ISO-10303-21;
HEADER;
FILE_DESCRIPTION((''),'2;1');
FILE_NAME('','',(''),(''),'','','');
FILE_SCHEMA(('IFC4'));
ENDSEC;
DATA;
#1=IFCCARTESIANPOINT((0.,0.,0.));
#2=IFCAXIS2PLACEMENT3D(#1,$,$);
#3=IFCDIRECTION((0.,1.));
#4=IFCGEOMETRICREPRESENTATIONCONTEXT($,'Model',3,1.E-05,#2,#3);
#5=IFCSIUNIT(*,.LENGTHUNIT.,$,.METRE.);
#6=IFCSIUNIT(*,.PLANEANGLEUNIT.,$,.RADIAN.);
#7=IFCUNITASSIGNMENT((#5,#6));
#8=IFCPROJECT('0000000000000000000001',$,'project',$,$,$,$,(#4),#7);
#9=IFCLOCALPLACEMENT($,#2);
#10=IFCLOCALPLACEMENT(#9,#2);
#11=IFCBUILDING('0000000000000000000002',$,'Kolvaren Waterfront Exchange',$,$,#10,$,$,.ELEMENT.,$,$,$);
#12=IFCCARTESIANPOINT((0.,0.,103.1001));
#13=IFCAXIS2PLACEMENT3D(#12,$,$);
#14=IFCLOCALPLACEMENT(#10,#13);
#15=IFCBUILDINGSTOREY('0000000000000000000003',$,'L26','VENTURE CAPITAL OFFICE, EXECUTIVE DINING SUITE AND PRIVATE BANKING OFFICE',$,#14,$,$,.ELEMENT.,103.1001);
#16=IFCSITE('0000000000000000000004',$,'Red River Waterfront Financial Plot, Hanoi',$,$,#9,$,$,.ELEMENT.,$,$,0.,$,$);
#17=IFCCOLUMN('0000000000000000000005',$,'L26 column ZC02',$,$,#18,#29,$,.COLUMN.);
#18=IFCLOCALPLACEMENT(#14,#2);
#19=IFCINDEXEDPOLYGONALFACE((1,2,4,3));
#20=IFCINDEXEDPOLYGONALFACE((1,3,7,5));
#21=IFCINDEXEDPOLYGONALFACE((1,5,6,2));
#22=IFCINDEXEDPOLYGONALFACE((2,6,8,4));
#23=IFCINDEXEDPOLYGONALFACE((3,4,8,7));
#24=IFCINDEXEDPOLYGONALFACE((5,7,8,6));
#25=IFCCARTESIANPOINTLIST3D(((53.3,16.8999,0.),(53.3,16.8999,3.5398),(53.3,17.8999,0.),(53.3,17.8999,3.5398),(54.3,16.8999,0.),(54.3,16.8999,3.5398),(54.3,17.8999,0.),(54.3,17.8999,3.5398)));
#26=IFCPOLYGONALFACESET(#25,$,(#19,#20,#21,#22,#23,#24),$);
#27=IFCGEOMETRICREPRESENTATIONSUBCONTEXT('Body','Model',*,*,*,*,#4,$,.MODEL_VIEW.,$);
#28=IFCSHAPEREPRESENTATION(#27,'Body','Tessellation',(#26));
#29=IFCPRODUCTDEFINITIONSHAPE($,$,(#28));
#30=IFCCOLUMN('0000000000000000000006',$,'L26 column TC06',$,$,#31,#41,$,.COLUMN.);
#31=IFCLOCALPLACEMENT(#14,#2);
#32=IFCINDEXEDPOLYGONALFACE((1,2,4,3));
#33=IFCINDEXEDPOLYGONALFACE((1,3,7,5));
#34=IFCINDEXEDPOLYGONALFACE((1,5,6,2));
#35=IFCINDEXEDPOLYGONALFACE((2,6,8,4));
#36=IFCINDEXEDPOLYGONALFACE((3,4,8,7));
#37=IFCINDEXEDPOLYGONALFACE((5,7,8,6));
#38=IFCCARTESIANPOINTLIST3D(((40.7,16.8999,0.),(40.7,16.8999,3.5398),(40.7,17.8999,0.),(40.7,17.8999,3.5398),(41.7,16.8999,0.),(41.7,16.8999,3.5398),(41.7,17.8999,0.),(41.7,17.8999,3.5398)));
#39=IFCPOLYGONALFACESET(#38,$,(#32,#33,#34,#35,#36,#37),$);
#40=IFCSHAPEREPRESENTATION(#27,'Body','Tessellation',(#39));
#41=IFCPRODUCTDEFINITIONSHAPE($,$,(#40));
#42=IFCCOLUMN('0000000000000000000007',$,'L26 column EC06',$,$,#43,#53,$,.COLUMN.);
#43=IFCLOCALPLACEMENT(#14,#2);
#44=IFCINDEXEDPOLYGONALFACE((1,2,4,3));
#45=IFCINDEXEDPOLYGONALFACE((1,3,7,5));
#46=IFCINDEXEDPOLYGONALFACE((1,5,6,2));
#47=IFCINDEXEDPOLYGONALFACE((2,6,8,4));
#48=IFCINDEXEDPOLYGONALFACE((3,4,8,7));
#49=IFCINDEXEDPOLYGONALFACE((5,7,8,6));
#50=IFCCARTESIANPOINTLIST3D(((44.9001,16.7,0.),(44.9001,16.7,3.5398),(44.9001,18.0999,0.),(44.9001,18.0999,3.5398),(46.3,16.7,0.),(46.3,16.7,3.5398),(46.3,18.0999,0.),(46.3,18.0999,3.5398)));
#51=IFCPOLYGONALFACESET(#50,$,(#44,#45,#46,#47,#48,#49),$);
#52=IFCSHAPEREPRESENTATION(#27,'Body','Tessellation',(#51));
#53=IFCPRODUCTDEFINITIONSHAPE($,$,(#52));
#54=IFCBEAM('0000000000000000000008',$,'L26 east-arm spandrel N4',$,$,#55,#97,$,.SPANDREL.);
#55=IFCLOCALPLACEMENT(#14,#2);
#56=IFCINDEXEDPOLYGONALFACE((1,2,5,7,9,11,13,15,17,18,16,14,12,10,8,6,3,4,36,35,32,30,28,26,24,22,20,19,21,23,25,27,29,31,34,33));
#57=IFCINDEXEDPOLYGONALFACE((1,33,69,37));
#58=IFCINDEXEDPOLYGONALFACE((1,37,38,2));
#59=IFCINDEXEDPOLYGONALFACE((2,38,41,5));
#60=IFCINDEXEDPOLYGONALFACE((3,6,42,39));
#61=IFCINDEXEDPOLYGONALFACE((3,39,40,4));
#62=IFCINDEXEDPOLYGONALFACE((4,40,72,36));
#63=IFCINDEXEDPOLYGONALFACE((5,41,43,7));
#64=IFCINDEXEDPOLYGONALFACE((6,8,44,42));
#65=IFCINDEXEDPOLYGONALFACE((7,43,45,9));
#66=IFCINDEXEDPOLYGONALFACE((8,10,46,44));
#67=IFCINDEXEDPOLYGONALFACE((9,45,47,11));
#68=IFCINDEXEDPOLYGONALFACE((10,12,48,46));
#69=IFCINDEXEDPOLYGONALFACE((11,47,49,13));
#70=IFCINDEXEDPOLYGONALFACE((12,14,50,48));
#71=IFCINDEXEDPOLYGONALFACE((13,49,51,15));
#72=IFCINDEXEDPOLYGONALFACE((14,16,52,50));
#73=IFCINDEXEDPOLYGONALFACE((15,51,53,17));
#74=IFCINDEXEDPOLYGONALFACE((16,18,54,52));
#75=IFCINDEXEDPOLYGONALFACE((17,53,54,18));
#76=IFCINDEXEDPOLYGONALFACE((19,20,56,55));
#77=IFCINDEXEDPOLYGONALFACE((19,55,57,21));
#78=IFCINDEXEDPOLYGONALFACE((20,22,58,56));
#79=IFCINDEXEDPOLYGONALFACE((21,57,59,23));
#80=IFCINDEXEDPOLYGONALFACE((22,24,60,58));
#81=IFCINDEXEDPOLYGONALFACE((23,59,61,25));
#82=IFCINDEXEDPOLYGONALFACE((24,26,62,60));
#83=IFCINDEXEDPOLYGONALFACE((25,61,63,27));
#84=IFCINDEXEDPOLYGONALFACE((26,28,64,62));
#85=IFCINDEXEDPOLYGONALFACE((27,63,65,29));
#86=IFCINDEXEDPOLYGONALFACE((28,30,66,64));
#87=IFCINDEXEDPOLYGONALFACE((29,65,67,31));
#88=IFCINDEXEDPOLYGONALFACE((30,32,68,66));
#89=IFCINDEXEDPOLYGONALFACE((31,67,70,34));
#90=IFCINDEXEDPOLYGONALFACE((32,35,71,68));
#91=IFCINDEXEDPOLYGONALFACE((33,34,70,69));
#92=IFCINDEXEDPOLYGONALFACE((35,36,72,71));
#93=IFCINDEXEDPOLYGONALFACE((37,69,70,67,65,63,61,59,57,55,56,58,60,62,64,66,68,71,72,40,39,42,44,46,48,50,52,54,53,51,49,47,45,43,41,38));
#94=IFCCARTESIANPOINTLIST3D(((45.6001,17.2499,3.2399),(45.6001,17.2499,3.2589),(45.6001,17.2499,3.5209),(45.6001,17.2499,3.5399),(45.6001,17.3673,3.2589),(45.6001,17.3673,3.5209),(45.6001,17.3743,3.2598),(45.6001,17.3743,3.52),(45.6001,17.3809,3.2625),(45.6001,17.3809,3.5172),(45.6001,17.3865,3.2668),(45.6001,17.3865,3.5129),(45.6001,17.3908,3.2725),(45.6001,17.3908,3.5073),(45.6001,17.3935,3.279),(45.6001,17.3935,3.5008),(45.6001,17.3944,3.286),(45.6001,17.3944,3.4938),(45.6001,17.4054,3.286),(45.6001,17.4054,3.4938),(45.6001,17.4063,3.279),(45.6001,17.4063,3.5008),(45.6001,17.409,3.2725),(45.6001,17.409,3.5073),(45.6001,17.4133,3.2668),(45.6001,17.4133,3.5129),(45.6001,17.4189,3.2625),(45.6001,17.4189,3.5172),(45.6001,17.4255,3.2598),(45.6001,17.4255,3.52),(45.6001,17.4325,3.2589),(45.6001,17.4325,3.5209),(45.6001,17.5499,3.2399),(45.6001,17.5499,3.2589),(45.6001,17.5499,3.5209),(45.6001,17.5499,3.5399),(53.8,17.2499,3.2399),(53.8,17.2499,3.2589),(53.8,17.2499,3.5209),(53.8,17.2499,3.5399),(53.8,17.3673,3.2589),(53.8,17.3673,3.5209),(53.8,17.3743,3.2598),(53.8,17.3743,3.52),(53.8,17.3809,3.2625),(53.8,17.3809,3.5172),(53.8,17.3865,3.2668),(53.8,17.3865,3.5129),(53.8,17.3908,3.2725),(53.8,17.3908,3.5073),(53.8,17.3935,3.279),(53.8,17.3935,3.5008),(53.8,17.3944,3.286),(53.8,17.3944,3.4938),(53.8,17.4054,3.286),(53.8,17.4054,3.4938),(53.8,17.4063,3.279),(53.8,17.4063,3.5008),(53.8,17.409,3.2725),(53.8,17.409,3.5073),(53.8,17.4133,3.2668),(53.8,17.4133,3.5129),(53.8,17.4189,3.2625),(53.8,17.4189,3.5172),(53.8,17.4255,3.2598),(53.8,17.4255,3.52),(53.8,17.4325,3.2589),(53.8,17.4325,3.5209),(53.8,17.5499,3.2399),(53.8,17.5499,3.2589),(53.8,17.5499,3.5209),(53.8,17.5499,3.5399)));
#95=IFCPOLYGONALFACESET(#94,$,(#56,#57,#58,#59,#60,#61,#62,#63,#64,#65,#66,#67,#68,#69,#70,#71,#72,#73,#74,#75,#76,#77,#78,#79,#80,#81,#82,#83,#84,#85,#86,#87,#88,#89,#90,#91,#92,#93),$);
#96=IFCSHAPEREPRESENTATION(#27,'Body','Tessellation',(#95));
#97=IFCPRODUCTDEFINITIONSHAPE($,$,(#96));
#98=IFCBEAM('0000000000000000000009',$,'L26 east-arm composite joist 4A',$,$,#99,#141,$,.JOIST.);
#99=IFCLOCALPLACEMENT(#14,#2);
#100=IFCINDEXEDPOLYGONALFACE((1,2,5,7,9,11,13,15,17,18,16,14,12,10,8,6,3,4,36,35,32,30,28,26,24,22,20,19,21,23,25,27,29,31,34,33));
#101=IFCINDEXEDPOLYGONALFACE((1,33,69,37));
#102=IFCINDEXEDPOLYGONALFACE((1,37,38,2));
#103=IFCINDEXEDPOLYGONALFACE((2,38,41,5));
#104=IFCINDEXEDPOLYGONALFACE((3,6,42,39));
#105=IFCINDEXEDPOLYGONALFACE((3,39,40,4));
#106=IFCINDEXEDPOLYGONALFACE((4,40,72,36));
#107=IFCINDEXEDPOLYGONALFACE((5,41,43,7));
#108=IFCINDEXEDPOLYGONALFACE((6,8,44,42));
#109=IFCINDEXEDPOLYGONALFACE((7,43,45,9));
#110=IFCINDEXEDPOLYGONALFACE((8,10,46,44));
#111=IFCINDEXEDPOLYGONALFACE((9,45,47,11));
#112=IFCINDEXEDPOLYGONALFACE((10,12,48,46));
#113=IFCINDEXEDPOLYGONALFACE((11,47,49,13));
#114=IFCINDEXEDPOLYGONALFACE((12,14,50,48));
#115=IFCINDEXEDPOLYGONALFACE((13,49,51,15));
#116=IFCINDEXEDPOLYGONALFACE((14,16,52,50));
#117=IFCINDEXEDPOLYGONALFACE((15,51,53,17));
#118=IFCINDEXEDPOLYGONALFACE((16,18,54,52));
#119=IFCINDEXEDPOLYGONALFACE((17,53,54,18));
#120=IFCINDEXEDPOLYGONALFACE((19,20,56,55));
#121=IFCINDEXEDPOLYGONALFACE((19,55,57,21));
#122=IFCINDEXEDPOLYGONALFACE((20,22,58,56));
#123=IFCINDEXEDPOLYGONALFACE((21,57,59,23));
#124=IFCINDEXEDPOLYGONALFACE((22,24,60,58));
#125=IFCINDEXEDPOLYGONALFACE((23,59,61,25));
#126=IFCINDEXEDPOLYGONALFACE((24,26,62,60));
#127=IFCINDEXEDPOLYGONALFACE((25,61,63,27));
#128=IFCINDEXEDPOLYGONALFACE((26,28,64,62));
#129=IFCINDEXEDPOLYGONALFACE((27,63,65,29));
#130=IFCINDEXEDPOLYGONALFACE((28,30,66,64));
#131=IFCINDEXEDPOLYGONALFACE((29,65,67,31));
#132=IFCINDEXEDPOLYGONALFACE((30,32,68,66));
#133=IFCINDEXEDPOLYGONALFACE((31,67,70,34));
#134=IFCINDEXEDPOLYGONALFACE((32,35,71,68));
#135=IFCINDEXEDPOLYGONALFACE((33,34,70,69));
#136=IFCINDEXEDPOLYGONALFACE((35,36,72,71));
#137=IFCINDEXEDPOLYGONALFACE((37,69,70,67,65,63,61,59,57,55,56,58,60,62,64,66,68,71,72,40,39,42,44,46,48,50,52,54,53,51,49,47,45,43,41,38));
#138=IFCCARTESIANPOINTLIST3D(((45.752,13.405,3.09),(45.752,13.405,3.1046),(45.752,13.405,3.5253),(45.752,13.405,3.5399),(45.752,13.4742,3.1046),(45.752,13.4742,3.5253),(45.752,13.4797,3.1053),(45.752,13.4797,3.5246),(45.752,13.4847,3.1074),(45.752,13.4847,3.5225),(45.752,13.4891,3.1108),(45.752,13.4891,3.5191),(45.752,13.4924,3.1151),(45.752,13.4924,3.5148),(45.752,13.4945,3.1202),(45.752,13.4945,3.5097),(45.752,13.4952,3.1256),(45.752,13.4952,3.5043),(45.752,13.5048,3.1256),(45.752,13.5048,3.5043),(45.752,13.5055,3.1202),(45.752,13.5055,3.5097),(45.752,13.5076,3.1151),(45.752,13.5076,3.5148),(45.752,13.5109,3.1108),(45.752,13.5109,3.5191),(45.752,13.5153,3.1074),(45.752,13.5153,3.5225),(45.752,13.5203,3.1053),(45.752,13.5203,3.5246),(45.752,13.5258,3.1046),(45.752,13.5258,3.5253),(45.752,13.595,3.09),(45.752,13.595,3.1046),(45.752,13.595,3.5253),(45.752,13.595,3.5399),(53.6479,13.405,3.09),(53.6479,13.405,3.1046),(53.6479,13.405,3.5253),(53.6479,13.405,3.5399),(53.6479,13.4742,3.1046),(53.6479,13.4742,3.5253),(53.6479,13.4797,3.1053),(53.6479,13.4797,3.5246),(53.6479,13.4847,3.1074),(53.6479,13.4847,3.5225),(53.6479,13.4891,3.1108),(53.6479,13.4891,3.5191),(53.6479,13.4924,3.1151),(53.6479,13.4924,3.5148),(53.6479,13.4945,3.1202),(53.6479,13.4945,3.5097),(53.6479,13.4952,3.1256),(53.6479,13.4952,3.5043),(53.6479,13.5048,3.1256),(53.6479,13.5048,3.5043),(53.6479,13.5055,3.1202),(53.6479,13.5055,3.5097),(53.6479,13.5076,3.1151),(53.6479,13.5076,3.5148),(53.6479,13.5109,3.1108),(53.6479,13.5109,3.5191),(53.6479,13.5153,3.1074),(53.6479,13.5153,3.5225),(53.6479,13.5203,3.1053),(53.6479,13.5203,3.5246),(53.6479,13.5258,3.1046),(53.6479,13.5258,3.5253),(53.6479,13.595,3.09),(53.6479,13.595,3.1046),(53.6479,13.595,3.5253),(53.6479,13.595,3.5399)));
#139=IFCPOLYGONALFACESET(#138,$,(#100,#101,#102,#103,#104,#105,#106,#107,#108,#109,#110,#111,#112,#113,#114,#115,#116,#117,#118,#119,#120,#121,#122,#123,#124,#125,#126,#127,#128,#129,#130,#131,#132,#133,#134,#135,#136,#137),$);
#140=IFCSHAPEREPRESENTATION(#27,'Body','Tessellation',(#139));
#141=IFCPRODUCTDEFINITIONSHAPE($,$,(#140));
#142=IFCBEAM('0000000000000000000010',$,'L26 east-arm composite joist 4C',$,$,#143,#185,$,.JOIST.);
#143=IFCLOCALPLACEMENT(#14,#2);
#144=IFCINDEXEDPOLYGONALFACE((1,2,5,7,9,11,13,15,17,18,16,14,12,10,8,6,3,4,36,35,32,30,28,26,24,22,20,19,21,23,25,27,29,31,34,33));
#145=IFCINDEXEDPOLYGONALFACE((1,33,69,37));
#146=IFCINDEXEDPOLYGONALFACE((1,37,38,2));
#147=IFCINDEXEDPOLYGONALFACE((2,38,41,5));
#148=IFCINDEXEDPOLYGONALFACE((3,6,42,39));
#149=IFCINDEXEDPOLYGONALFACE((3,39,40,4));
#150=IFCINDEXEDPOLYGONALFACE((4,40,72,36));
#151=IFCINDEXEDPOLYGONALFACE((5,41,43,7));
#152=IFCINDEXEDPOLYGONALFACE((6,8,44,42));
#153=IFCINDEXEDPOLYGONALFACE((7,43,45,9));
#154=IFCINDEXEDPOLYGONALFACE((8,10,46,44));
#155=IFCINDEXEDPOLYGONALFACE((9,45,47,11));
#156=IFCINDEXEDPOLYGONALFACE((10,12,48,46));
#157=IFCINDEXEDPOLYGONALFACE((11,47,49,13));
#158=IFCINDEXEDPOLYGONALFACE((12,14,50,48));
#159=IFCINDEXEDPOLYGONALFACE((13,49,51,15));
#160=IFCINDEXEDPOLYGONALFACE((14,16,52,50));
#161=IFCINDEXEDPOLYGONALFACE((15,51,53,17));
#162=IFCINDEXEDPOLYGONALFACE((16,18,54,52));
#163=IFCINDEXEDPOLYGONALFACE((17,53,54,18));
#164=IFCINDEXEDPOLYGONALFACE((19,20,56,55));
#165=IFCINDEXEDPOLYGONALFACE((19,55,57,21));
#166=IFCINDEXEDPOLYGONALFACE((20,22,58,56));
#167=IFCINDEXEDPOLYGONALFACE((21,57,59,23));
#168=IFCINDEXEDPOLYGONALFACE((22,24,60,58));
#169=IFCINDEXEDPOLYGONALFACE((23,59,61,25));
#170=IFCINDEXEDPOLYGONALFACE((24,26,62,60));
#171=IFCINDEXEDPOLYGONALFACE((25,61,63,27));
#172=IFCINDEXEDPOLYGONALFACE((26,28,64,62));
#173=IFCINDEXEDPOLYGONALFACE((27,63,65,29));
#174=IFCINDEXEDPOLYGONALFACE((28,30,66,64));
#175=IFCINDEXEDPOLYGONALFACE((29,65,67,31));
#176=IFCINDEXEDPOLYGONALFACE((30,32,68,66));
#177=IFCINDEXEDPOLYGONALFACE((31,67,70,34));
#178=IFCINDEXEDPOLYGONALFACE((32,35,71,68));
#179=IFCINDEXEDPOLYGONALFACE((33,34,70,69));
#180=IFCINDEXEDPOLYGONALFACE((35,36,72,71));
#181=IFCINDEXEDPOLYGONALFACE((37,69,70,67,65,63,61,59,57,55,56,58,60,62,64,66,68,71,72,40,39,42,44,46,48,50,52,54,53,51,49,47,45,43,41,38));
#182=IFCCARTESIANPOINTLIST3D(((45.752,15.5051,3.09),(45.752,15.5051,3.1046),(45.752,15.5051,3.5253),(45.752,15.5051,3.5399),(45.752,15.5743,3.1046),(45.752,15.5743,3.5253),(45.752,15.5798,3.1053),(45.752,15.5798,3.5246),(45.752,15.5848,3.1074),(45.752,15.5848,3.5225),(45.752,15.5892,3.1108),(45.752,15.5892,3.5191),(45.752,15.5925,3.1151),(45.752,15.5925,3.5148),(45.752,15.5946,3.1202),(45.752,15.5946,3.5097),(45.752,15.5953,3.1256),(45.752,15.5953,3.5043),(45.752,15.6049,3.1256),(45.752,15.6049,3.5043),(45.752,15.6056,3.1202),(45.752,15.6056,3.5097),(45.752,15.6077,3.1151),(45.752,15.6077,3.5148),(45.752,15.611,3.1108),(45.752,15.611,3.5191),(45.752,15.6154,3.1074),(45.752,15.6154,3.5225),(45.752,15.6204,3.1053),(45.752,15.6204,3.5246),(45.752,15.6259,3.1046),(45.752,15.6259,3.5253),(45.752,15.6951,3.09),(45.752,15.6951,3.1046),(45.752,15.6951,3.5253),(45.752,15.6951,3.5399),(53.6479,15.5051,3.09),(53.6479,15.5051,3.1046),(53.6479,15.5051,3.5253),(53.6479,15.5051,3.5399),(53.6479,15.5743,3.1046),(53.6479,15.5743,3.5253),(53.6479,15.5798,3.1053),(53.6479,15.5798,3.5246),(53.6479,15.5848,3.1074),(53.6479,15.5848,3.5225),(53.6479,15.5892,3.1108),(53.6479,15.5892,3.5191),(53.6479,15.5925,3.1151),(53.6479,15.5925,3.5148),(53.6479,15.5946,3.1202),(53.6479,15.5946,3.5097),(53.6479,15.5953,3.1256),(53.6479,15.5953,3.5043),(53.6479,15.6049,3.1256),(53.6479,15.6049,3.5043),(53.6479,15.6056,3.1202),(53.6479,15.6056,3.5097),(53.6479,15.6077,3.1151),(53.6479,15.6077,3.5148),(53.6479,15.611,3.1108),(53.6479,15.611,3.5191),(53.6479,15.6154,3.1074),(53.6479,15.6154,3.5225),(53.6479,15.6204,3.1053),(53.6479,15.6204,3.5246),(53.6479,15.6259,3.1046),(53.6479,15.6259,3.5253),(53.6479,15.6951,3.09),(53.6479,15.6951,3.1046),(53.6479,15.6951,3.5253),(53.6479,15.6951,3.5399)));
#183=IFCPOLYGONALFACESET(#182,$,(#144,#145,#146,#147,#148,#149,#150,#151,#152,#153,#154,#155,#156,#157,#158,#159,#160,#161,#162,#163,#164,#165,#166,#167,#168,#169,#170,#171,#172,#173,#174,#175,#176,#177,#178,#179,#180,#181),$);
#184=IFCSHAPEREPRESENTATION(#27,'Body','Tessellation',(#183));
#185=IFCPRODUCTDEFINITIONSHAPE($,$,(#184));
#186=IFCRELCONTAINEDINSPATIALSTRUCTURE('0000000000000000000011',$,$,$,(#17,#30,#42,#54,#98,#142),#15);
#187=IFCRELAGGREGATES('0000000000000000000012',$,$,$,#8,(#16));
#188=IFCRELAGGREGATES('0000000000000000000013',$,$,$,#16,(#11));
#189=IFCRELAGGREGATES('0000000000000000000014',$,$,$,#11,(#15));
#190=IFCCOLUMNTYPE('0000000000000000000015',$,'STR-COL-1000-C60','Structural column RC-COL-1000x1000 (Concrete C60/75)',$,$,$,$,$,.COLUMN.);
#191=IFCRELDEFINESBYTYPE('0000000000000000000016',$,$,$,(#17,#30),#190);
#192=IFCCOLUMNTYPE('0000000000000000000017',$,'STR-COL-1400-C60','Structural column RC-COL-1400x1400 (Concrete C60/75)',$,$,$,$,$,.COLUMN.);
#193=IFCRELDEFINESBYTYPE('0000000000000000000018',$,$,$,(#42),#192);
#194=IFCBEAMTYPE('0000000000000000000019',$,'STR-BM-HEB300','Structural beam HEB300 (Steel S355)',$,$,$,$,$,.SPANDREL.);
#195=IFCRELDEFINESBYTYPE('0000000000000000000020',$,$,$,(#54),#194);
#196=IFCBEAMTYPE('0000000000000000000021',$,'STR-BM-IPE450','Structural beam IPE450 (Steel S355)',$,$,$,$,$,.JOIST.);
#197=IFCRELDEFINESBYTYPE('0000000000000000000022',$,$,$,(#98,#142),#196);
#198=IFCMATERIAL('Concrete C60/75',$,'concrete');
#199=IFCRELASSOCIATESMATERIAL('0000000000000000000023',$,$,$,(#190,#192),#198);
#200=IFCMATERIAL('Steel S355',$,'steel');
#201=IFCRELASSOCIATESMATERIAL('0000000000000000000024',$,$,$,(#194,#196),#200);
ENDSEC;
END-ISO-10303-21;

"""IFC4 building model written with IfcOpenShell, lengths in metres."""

from ifc_helpers import new_model, si_unit, direction, frame, origin, origin_2d, place, context, subcontext, project, spatial, rectangle, i_section, extrude, material, material_profile, profile_set, type_object, element, save


model = new_model("IFC4")

# Units and contexts
model_context = context("Model", 3, precision=1e-05, world=origin(), true_north=direction((0.0, 1.0)))
body_context = subcontext(model_context, "Body", "Model", "MODEL_VIEW")
ifc_project = project(units=[si_unit("LENGTHUNIT", "METRE"), si_unit("PLANEANGLEUNIT", "RADIAN")], contexts=[model_context])

# Site, building, storey
site_placement = place(None, origin())
site = spatial("IfcSite", under=ifc_project, at=site_placement, Name="Red River Waterfront Financial Plot, Hanoi", CompositionType="ELEMENT", RefElevation=0.0)
building_placement = place(site_placement, origin())
building = spatial("IfcBuilding", under=site, at=building_placement, Name="Kolvaren Waterfront Exchange", CompositionType="ELEMENT")
storey_placement = place(building_placement, frame((0.0, 0.0, 103.1001)))
storey = spatial("IfcBuildingStorey", under=building, at=storey_placement, Name="L26", Description="VENTURE CAPITAL OFFICE, EXECUTIVE DINING SUITE AND PRIVATE BANKING OFFICE", CompositionType="ELEMENT", Elevation=103.1001)

# Columns
ifc_material_1 = material(Name="Concrete C60/75", Category="concrete")
ifc_material_profile_1 = material_profile(ifc_material_1, rectangle(XDim=1.0, YDim=1.0, at=origin_2d()), Name="RC-COL-1000x1000")
ifc_profile_set_1 = profile_set([ifc_material_profile_1], Name="Concrete C60/75")
column_type_1 = type_object("IfcColumnType", Name="STR-COL-1000-C60", Description="Structural column RC-COL-1000x1000 (Concrete C60/75)", PredefinedType="COLUMN", material=ifc_profile_set_1)
for number, where, z_axis, x_axis, name in (
    (1, (53.8, 17.3999, 0.0), (0.0, 0.0, 1.0), (1.0, 0.0, 0.0), "L26 column ZC02"),
    (2, (41.2, 17.3999, 0.0), (0.0, 0.0, 1.0), (1.0, 0.0, 0.0), "L26 column TC06"),
):
    element("IfcColumn", number, at=place(storey_placement, frame(where, z_axis=z_axis, x_axis=x_axis)), inside=storey, type_object=column_type_1, Name=name, PredefinedType="COLUMN", context=body_context, shape_type="SweptSolid", body=[
        extrude(rectangle(XDim=1.0, YDim=1.0, at=origin_2d()), origin(), (0.0, 0.0, 1.0), 3.5398),
    ])
ifc_material_profile_2 = material_profile(ifc_material_1, rectangle(XDim=1.3999, YDim=1.3999, at=origin_2d()), Name="RC-COL-1400x1400")
ifc_profile_set_2 = profile_set([ifc_material_profile_2], Name="Concrete C60/75")
column_type_2 = type_object("IfcColumnType", Name="STR-COL-1400-C60", Description="Structural column RC-COL-1400x1400 (Concrete C60/75)", PredefinedType="COLUMN", material=ifc_profile_set_2)
column_placement = place(storey_placement, frame((45.6001, 17.3999, 0.0), z_axis=(0.0, 0.0, 1.0), x_axis=(1.0, 0.0, 0.0)))
element("IfcColumn", 3, at=column_placement, inside=storey, type_object=column_type_2, Name="L26 column EC06", PredefinedType="COLUMN", context=body_context, shape_type="SweptSolid", body=[
    extrude(rectangle(XDim=1.3999, YDim=1.3999, at=origin_2d()), origin(), (0.0, 0.0, 1.0), 3.5398),
])

# Beams
ifc_material_2 = material(Name="Steel S355", Category="steel")
ifc_material_profile_3 = material_profile(ifc_material_2, i_section(OverallWidth=0.3, OverallDepth=0.3, WebThickness=0.011, FlangeThickness=0.019, FilletRadius=0.0271, at=origin_2d()), Name="HEB300")
ifc_profile_set_3 = profile_set([ifc_material_profile_3], Name="Steel S355")
beam_type_1 = type_object("IfcBeamType", Name="STR-BM-HEB300", Description="Structural beam HEB300 (Steel S355)", PredefinedType="SPANDREL", material=ifc_profile_set_3)
beam_placement = place(storey_placement, frame((45.6001, 17.3999, 3.3899), z_axis=(1.0, 0.0, 0.0), x_axis=(0.0, 1.0, 0.0)))
element("IfcBeam", 4, at=beam_placement, inside=storey, type_object=beam_type_1, Name="L26 east-arm spandrel N4", PredefinedType="SPANDREL", context=body_context, shape_type="SweptSolid", body=[
    extrude(i_section(OverallWidth=0.3, OverallDepth=0.3, WebThickness=0.011, FlangeThickness=0.019, FilletRadius=0.0271, at=origin_2d()), origin(), (0.0, 0.0, 1.0), 8.2),
])
ifc_material_profile_4 = material_profile(ifc_material_2, i_section(OverallWidth=0.1899, OverallDepth=0.45, WebThickness=0.0095, FlangeThickness=0.0146, FilletRadius=0.021, at=origin_2d()), Name="IPE450")
ifc_profile_set_4 = profile_set([ifc_material_profile_4], Name="Steel S355")
beam_type_2 = type_object("IfcBeamType", Name="STR-BM-IPE450", Description="Structural beam IPE450 (Steel S355)", PredefinedType="JOIST", material=ifc_profile_set_4)
for number, where, z_axis, x_axis, name in (
    (5, (45.752, 13.5, 3.3149), (1.0, 0.0, 0.0), (0.0, 1.0, 0.0), "L26 east-arm composite joist 4A"),
    (6, (45.752, 15.6001, 3.3149), (1.0, 0.0, 0.0), (0.0, 1.0, 0.0), "L26 east-arm composite joist 4C"),
):
    element("IfcBeam", number, at=place(storey_placement, frame(where, z_axis=z_axis, x_axis=x_axis)), inside=storey, type_object=beam_type_2, Name=name, PredefinedType="JOIST", context=body_context, shape_type="SweptSolid", body=[
        extrude(i_section(OverallWidth=0.1899, OverallDepth=0.45, WebThickness=0.0095, FlangeThickness=0.0146, FilletRadius=0.021, at=origin_2d()), origin(), (0.0, 0.0, 1.0), 7.896),
    ])

save(model, "model.ifc")
